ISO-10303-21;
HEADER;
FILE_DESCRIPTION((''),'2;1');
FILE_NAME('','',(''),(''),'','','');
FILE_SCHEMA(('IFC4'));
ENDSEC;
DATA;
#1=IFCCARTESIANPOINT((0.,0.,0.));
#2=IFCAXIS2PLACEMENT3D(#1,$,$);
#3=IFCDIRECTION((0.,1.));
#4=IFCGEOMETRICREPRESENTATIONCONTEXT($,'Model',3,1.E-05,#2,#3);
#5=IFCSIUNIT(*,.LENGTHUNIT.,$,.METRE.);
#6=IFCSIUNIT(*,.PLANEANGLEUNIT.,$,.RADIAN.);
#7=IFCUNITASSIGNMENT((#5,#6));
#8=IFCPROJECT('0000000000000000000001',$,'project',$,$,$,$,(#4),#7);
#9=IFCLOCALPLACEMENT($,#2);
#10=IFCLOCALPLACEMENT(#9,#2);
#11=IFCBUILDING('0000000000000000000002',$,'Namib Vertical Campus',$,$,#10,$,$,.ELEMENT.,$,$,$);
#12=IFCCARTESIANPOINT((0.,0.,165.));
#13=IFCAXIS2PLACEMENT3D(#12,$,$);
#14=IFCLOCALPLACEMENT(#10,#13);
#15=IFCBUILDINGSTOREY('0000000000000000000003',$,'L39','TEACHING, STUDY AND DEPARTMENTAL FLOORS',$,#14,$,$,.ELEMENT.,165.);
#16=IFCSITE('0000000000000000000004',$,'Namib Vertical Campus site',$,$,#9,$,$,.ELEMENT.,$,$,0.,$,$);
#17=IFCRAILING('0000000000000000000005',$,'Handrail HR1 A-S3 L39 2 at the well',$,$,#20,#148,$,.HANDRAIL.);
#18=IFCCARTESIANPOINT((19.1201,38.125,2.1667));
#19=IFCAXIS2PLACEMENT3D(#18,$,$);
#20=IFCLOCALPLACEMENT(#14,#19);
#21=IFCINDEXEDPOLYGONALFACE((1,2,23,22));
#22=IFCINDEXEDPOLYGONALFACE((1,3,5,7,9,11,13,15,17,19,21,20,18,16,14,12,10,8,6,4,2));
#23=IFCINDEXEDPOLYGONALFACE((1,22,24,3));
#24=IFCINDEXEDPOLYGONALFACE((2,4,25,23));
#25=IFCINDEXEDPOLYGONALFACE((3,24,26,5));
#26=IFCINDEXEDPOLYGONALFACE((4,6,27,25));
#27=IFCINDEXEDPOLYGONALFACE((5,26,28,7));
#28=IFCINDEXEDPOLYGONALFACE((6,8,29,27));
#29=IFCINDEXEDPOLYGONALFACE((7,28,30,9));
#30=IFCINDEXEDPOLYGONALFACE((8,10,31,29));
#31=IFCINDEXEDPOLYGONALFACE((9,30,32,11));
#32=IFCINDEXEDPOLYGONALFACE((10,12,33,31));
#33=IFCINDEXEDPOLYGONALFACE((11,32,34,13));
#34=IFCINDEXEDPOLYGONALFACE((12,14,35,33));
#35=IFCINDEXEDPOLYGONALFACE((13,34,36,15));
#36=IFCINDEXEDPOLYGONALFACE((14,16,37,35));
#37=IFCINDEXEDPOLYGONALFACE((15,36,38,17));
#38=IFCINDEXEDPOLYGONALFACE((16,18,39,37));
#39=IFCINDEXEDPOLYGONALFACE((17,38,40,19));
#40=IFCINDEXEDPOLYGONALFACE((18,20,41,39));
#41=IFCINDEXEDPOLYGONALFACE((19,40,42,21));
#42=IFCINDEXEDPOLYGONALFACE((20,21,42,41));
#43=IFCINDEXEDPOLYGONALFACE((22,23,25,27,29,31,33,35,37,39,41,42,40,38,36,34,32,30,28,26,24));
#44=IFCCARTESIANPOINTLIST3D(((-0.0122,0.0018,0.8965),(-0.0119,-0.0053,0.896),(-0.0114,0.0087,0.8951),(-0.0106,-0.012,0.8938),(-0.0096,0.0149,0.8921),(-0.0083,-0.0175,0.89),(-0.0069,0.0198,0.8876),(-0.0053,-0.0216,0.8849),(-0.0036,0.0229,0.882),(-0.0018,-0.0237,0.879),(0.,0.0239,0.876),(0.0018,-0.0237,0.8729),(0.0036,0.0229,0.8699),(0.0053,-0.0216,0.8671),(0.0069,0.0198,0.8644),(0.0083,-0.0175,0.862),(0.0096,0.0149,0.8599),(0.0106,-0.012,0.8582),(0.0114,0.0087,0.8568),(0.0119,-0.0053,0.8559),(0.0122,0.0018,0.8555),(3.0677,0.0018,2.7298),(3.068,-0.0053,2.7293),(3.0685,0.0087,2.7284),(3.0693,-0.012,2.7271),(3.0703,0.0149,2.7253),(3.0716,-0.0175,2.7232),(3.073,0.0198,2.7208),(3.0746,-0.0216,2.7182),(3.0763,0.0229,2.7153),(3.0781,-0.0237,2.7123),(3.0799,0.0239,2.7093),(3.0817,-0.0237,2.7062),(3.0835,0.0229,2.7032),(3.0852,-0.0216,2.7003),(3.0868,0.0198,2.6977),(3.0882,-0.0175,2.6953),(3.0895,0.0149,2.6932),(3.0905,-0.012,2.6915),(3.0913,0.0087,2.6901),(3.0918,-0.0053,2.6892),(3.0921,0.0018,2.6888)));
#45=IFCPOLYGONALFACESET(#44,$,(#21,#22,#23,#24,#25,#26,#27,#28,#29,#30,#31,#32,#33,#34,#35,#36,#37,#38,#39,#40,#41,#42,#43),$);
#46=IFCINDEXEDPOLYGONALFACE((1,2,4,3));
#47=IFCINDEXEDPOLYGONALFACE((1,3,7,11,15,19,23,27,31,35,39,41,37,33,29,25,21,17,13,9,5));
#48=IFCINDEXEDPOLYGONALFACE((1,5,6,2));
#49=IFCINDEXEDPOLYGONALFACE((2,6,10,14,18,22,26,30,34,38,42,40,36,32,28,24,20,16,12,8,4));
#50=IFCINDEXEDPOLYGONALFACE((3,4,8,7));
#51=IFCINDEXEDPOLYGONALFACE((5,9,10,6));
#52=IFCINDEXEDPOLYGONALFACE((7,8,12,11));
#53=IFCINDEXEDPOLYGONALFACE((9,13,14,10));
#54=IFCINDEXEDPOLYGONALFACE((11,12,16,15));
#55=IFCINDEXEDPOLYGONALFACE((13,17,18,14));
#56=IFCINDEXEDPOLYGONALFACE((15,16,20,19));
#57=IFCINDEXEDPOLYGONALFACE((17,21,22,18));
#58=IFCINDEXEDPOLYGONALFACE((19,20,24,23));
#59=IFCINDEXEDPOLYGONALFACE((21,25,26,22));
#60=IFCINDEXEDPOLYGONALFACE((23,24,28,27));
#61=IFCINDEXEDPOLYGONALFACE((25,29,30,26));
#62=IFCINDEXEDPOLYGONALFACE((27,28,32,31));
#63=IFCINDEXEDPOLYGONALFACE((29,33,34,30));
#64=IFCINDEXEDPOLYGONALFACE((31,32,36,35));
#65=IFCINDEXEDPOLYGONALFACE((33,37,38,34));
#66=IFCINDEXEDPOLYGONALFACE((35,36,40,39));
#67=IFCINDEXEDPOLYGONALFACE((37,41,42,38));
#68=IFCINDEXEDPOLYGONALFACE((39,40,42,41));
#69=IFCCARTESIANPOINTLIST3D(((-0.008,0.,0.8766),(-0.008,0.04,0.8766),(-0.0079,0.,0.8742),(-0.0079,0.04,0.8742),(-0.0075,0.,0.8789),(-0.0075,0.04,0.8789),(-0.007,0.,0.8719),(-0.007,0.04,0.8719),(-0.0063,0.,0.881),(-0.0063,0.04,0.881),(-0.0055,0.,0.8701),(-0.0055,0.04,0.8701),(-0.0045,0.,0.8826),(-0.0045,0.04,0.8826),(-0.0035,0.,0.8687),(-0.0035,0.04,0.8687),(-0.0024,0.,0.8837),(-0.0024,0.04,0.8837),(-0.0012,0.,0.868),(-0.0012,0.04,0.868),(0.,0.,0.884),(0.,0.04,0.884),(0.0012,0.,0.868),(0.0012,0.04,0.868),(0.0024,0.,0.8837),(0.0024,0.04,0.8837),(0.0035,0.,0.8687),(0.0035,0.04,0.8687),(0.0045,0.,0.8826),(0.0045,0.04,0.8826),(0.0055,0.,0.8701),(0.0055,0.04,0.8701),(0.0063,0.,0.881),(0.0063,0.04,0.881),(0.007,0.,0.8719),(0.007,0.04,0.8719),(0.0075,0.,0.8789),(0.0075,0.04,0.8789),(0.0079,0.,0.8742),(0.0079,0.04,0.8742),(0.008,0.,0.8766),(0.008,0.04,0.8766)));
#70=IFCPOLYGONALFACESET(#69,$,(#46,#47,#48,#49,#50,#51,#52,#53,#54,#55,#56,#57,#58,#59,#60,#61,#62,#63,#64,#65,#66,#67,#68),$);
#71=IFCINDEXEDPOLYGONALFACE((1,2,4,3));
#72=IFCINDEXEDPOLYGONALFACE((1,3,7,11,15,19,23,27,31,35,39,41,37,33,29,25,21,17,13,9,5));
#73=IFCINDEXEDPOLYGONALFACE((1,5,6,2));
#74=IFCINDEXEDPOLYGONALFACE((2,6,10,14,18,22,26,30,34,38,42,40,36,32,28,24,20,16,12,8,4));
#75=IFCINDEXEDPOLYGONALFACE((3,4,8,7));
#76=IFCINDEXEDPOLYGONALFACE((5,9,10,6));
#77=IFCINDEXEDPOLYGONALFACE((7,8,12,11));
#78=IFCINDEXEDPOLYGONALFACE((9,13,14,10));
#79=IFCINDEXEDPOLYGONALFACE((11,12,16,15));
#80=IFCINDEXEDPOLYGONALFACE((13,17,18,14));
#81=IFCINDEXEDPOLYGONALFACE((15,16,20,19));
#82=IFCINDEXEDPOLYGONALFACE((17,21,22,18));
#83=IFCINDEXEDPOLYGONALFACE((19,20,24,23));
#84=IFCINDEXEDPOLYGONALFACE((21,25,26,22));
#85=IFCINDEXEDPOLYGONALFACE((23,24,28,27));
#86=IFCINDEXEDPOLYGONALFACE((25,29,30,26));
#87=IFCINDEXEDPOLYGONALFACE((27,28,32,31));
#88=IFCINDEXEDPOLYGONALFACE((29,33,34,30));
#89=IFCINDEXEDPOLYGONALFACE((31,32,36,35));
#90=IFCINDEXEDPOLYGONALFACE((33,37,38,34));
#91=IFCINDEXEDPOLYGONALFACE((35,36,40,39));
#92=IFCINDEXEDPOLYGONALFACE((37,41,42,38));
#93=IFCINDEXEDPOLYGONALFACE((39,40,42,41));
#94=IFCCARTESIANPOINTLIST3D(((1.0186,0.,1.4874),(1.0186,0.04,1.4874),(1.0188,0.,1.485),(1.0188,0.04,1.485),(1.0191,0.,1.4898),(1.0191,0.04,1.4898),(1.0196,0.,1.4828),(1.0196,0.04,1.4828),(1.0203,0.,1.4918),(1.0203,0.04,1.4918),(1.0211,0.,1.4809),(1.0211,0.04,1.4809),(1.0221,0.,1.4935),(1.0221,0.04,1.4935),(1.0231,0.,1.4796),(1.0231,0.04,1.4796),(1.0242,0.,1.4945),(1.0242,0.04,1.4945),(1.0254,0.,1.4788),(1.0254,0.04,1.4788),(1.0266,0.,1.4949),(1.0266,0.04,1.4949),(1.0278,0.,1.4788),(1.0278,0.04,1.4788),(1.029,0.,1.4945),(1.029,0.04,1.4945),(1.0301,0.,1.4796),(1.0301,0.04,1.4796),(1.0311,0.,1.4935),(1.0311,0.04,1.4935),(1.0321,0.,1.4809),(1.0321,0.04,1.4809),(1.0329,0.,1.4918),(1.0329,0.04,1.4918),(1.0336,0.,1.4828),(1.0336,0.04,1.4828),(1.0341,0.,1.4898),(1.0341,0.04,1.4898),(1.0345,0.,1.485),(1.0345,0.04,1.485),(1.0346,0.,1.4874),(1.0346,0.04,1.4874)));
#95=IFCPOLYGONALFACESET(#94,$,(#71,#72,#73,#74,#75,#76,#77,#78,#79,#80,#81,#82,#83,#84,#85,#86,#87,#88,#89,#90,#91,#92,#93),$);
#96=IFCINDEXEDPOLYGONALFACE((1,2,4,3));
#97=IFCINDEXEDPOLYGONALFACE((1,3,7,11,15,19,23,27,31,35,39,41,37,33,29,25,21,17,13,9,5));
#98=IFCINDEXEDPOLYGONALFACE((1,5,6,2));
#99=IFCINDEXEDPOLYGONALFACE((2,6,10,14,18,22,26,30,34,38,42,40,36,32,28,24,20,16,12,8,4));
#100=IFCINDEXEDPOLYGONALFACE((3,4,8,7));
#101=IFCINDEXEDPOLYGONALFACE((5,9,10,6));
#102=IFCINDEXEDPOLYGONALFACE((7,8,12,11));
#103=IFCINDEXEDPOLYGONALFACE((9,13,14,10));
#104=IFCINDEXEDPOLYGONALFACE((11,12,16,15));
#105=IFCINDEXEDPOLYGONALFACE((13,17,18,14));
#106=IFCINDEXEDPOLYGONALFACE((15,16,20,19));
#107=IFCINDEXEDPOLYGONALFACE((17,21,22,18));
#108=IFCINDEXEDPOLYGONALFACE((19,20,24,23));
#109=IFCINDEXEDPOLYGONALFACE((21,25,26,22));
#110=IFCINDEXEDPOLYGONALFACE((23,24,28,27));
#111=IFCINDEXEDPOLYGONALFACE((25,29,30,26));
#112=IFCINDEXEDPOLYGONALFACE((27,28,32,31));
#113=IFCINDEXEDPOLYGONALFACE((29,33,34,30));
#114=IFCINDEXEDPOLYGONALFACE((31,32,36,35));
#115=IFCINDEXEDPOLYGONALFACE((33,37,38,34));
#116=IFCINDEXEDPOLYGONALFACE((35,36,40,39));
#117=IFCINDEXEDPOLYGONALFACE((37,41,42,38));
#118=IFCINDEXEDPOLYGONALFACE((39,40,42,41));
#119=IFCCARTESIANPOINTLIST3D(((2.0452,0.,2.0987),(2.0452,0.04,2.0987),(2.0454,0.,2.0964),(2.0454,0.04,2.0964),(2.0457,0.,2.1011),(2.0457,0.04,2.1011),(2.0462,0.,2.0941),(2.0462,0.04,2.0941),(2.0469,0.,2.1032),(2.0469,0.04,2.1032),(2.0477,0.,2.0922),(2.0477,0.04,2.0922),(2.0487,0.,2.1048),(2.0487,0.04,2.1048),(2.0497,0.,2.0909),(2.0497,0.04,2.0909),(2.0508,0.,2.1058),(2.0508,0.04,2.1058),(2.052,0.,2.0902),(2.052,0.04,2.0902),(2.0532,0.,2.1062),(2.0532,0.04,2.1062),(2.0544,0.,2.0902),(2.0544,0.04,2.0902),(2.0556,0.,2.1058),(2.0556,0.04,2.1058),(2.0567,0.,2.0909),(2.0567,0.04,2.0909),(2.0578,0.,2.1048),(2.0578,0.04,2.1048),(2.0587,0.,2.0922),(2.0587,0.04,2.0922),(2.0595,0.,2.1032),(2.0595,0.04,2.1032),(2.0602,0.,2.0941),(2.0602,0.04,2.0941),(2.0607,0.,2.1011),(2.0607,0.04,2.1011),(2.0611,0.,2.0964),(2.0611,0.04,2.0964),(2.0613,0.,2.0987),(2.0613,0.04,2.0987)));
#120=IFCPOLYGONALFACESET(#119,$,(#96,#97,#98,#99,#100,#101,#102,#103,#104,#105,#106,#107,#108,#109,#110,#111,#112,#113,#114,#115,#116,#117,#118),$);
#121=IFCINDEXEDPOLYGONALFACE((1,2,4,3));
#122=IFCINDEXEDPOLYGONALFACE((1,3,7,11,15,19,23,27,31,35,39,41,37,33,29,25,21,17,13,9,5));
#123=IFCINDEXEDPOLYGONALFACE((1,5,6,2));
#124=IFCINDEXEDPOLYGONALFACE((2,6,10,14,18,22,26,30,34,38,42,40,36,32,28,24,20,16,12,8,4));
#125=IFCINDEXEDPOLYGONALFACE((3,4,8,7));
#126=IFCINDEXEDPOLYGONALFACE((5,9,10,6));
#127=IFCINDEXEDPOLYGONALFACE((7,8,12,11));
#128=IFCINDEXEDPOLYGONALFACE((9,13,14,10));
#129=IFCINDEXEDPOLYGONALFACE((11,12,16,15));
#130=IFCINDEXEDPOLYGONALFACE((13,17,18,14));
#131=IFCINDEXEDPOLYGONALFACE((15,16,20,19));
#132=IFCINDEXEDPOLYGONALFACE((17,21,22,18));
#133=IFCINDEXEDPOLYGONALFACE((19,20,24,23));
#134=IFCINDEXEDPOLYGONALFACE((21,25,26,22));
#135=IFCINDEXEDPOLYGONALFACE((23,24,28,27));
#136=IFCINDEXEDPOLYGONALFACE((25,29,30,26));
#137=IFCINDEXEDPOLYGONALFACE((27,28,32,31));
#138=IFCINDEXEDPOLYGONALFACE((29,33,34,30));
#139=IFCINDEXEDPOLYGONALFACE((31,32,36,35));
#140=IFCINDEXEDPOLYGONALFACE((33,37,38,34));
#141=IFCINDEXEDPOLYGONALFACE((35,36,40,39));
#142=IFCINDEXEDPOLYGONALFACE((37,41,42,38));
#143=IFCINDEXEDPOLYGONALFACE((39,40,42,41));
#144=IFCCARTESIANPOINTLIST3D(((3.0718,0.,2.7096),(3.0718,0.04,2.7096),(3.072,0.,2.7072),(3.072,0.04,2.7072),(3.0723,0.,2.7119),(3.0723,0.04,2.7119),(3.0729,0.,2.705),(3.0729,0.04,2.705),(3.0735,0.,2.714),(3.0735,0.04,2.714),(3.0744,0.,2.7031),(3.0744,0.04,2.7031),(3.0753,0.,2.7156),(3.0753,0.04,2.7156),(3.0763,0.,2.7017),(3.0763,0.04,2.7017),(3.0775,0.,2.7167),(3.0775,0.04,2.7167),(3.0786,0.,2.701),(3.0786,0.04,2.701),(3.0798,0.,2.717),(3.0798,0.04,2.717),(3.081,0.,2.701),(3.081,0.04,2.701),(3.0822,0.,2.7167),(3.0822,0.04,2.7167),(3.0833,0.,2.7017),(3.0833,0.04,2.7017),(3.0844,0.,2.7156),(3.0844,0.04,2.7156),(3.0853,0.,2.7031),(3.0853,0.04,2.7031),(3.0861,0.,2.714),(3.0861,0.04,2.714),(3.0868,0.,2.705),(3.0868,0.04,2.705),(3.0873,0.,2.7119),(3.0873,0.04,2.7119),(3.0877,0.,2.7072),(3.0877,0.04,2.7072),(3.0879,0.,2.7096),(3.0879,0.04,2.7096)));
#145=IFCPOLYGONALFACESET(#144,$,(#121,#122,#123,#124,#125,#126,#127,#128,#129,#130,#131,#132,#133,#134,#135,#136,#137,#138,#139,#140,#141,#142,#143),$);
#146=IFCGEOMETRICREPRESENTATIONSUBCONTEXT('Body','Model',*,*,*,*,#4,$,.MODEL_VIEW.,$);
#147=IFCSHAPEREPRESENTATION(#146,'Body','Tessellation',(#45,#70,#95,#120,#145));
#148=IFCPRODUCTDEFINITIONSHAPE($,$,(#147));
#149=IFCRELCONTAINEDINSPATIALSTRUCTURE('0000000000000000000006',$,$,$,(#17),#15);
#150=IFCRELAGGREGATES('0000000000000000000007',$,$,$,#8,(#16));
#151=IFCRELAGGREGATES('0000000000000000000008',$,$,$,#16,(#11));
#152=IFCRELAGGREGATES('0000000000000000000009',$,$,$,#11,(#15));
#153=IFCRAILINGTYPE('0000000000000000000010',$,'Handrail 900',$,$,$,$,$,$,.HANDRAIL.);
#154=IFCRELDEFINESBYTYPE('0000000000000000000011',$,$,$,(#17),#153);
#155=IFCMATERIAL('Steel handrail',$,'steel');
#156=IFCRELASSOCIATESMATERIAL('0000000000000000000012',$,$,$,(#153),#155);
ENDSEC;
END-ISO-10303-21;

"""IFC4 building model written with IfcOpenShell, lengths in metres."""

from ifc_helpers import new_model, si_unit, direction, frame, origin, origin_2d, place, context, subcontext, project, spatial, circle, extrude, material, type_object, element, save


model = new_model("IFC4")

# Units and contexts
model_context = context("Model", 3, precision=1e-05, world=origin(), true_north=direction((0.0, 1.0)))
body_context = subcontext(model_context, "Body", "Model", "MODEL_VIEW")
ifc_project = project(units=[si_unit("LENGTHUNIT", "METRE"), si_unit("PLANEANGLEUNIT", "RADIAN")], contexts=[model_context])

# Site, building, storey
site_placement = place(None, origin())
site = spatial("IfcSite", under=ifc_project, at=site_placement, Name="Namib Vertical Campus site", CompositionType="ELEMENT", RefElevation=0.0)
building_placement = place(site_placement, origin())
building = spatial("IfcBuilding", under=site, at=building_placement, Name="Namib Vertical Campus", CompositionType="ELEMENT")
storey_placement = place(building_placement, frame((0.0, 0.0, 165.0)))
storey = spatial("IfcBuildingStorey", under=building, at=storey_placement, Name="L39", Description="TEACHING, STUDY AND DEPARTMENTAL FLOORS", CompositionType="ELEMENT", Elevation=165.0)

# Railing
ifc_material_1 = material(Name="Steel handrail", Category="steel")
railing_type_1 = type_object("IfcRailingType", Name="Handrail 900", PredefinedType="HANDRAIL", material=ifc_material_1)
railing_1_placement = place(storey_placement, frame((19.1201, 38.125, 2.1667)))
element("IfcRailing", 1, at=railing_1_placement, inside=storey, type_object=railing_type_1, Name="Handrail HR1 A-S3 L39 2 at the well", PredefinedType="HANDRAIL", context=body_context, shape_type="SweptSolid", body=[
    extrude(circle(Radius=0.0239, at=origin_2d()), frame((0.0, 0.0, 0.876), z_axis=(0.859291, 0.0, 0.511487), x_axis=(0.0, 1.0, 0.0)), (0.0, 0.0, 1.0), 3.5842),
    extrude(circle(Radius=0.0081, at=origin_2d()), frame((0.0, 0.0, 0.876), z_axis=(0.0, 1.0, 0.0), x_axis=(0.0, 0.0, 1.0)), (0.0, 0.0, 1.0), 0.04),
    extrude(circle(Radius=0.0081, at=origin_2d()), frame((1.0266, 0.0, 1.4868), z_axis=(0.0, 1.0, 0.0), x_axis=(0.0, 0.0, 1.0)), (0.0, 0.0, 1.0), 0.04),
    extrude(circle(Radius=0.0081, at=origin_2d()), frame((2.0532, 0.0, 2.0981), z_axis=(0.0, 1.0, 0.0), x_axis=(0.0, 0.0, 1.0)), (0.0, 0.0, 1.0), 0.04),
    extrude(circle(Radius=0.0081, at=origin_2d()), frame((3.0798, 0.0, 2.709), z_axis=(0.0, 1.0, 0.0), x_axis=(0.0, 0.0, 1.0)), (0.0, 0.0, 1.0), 0.04),
])

save(model, "model.ifc")
